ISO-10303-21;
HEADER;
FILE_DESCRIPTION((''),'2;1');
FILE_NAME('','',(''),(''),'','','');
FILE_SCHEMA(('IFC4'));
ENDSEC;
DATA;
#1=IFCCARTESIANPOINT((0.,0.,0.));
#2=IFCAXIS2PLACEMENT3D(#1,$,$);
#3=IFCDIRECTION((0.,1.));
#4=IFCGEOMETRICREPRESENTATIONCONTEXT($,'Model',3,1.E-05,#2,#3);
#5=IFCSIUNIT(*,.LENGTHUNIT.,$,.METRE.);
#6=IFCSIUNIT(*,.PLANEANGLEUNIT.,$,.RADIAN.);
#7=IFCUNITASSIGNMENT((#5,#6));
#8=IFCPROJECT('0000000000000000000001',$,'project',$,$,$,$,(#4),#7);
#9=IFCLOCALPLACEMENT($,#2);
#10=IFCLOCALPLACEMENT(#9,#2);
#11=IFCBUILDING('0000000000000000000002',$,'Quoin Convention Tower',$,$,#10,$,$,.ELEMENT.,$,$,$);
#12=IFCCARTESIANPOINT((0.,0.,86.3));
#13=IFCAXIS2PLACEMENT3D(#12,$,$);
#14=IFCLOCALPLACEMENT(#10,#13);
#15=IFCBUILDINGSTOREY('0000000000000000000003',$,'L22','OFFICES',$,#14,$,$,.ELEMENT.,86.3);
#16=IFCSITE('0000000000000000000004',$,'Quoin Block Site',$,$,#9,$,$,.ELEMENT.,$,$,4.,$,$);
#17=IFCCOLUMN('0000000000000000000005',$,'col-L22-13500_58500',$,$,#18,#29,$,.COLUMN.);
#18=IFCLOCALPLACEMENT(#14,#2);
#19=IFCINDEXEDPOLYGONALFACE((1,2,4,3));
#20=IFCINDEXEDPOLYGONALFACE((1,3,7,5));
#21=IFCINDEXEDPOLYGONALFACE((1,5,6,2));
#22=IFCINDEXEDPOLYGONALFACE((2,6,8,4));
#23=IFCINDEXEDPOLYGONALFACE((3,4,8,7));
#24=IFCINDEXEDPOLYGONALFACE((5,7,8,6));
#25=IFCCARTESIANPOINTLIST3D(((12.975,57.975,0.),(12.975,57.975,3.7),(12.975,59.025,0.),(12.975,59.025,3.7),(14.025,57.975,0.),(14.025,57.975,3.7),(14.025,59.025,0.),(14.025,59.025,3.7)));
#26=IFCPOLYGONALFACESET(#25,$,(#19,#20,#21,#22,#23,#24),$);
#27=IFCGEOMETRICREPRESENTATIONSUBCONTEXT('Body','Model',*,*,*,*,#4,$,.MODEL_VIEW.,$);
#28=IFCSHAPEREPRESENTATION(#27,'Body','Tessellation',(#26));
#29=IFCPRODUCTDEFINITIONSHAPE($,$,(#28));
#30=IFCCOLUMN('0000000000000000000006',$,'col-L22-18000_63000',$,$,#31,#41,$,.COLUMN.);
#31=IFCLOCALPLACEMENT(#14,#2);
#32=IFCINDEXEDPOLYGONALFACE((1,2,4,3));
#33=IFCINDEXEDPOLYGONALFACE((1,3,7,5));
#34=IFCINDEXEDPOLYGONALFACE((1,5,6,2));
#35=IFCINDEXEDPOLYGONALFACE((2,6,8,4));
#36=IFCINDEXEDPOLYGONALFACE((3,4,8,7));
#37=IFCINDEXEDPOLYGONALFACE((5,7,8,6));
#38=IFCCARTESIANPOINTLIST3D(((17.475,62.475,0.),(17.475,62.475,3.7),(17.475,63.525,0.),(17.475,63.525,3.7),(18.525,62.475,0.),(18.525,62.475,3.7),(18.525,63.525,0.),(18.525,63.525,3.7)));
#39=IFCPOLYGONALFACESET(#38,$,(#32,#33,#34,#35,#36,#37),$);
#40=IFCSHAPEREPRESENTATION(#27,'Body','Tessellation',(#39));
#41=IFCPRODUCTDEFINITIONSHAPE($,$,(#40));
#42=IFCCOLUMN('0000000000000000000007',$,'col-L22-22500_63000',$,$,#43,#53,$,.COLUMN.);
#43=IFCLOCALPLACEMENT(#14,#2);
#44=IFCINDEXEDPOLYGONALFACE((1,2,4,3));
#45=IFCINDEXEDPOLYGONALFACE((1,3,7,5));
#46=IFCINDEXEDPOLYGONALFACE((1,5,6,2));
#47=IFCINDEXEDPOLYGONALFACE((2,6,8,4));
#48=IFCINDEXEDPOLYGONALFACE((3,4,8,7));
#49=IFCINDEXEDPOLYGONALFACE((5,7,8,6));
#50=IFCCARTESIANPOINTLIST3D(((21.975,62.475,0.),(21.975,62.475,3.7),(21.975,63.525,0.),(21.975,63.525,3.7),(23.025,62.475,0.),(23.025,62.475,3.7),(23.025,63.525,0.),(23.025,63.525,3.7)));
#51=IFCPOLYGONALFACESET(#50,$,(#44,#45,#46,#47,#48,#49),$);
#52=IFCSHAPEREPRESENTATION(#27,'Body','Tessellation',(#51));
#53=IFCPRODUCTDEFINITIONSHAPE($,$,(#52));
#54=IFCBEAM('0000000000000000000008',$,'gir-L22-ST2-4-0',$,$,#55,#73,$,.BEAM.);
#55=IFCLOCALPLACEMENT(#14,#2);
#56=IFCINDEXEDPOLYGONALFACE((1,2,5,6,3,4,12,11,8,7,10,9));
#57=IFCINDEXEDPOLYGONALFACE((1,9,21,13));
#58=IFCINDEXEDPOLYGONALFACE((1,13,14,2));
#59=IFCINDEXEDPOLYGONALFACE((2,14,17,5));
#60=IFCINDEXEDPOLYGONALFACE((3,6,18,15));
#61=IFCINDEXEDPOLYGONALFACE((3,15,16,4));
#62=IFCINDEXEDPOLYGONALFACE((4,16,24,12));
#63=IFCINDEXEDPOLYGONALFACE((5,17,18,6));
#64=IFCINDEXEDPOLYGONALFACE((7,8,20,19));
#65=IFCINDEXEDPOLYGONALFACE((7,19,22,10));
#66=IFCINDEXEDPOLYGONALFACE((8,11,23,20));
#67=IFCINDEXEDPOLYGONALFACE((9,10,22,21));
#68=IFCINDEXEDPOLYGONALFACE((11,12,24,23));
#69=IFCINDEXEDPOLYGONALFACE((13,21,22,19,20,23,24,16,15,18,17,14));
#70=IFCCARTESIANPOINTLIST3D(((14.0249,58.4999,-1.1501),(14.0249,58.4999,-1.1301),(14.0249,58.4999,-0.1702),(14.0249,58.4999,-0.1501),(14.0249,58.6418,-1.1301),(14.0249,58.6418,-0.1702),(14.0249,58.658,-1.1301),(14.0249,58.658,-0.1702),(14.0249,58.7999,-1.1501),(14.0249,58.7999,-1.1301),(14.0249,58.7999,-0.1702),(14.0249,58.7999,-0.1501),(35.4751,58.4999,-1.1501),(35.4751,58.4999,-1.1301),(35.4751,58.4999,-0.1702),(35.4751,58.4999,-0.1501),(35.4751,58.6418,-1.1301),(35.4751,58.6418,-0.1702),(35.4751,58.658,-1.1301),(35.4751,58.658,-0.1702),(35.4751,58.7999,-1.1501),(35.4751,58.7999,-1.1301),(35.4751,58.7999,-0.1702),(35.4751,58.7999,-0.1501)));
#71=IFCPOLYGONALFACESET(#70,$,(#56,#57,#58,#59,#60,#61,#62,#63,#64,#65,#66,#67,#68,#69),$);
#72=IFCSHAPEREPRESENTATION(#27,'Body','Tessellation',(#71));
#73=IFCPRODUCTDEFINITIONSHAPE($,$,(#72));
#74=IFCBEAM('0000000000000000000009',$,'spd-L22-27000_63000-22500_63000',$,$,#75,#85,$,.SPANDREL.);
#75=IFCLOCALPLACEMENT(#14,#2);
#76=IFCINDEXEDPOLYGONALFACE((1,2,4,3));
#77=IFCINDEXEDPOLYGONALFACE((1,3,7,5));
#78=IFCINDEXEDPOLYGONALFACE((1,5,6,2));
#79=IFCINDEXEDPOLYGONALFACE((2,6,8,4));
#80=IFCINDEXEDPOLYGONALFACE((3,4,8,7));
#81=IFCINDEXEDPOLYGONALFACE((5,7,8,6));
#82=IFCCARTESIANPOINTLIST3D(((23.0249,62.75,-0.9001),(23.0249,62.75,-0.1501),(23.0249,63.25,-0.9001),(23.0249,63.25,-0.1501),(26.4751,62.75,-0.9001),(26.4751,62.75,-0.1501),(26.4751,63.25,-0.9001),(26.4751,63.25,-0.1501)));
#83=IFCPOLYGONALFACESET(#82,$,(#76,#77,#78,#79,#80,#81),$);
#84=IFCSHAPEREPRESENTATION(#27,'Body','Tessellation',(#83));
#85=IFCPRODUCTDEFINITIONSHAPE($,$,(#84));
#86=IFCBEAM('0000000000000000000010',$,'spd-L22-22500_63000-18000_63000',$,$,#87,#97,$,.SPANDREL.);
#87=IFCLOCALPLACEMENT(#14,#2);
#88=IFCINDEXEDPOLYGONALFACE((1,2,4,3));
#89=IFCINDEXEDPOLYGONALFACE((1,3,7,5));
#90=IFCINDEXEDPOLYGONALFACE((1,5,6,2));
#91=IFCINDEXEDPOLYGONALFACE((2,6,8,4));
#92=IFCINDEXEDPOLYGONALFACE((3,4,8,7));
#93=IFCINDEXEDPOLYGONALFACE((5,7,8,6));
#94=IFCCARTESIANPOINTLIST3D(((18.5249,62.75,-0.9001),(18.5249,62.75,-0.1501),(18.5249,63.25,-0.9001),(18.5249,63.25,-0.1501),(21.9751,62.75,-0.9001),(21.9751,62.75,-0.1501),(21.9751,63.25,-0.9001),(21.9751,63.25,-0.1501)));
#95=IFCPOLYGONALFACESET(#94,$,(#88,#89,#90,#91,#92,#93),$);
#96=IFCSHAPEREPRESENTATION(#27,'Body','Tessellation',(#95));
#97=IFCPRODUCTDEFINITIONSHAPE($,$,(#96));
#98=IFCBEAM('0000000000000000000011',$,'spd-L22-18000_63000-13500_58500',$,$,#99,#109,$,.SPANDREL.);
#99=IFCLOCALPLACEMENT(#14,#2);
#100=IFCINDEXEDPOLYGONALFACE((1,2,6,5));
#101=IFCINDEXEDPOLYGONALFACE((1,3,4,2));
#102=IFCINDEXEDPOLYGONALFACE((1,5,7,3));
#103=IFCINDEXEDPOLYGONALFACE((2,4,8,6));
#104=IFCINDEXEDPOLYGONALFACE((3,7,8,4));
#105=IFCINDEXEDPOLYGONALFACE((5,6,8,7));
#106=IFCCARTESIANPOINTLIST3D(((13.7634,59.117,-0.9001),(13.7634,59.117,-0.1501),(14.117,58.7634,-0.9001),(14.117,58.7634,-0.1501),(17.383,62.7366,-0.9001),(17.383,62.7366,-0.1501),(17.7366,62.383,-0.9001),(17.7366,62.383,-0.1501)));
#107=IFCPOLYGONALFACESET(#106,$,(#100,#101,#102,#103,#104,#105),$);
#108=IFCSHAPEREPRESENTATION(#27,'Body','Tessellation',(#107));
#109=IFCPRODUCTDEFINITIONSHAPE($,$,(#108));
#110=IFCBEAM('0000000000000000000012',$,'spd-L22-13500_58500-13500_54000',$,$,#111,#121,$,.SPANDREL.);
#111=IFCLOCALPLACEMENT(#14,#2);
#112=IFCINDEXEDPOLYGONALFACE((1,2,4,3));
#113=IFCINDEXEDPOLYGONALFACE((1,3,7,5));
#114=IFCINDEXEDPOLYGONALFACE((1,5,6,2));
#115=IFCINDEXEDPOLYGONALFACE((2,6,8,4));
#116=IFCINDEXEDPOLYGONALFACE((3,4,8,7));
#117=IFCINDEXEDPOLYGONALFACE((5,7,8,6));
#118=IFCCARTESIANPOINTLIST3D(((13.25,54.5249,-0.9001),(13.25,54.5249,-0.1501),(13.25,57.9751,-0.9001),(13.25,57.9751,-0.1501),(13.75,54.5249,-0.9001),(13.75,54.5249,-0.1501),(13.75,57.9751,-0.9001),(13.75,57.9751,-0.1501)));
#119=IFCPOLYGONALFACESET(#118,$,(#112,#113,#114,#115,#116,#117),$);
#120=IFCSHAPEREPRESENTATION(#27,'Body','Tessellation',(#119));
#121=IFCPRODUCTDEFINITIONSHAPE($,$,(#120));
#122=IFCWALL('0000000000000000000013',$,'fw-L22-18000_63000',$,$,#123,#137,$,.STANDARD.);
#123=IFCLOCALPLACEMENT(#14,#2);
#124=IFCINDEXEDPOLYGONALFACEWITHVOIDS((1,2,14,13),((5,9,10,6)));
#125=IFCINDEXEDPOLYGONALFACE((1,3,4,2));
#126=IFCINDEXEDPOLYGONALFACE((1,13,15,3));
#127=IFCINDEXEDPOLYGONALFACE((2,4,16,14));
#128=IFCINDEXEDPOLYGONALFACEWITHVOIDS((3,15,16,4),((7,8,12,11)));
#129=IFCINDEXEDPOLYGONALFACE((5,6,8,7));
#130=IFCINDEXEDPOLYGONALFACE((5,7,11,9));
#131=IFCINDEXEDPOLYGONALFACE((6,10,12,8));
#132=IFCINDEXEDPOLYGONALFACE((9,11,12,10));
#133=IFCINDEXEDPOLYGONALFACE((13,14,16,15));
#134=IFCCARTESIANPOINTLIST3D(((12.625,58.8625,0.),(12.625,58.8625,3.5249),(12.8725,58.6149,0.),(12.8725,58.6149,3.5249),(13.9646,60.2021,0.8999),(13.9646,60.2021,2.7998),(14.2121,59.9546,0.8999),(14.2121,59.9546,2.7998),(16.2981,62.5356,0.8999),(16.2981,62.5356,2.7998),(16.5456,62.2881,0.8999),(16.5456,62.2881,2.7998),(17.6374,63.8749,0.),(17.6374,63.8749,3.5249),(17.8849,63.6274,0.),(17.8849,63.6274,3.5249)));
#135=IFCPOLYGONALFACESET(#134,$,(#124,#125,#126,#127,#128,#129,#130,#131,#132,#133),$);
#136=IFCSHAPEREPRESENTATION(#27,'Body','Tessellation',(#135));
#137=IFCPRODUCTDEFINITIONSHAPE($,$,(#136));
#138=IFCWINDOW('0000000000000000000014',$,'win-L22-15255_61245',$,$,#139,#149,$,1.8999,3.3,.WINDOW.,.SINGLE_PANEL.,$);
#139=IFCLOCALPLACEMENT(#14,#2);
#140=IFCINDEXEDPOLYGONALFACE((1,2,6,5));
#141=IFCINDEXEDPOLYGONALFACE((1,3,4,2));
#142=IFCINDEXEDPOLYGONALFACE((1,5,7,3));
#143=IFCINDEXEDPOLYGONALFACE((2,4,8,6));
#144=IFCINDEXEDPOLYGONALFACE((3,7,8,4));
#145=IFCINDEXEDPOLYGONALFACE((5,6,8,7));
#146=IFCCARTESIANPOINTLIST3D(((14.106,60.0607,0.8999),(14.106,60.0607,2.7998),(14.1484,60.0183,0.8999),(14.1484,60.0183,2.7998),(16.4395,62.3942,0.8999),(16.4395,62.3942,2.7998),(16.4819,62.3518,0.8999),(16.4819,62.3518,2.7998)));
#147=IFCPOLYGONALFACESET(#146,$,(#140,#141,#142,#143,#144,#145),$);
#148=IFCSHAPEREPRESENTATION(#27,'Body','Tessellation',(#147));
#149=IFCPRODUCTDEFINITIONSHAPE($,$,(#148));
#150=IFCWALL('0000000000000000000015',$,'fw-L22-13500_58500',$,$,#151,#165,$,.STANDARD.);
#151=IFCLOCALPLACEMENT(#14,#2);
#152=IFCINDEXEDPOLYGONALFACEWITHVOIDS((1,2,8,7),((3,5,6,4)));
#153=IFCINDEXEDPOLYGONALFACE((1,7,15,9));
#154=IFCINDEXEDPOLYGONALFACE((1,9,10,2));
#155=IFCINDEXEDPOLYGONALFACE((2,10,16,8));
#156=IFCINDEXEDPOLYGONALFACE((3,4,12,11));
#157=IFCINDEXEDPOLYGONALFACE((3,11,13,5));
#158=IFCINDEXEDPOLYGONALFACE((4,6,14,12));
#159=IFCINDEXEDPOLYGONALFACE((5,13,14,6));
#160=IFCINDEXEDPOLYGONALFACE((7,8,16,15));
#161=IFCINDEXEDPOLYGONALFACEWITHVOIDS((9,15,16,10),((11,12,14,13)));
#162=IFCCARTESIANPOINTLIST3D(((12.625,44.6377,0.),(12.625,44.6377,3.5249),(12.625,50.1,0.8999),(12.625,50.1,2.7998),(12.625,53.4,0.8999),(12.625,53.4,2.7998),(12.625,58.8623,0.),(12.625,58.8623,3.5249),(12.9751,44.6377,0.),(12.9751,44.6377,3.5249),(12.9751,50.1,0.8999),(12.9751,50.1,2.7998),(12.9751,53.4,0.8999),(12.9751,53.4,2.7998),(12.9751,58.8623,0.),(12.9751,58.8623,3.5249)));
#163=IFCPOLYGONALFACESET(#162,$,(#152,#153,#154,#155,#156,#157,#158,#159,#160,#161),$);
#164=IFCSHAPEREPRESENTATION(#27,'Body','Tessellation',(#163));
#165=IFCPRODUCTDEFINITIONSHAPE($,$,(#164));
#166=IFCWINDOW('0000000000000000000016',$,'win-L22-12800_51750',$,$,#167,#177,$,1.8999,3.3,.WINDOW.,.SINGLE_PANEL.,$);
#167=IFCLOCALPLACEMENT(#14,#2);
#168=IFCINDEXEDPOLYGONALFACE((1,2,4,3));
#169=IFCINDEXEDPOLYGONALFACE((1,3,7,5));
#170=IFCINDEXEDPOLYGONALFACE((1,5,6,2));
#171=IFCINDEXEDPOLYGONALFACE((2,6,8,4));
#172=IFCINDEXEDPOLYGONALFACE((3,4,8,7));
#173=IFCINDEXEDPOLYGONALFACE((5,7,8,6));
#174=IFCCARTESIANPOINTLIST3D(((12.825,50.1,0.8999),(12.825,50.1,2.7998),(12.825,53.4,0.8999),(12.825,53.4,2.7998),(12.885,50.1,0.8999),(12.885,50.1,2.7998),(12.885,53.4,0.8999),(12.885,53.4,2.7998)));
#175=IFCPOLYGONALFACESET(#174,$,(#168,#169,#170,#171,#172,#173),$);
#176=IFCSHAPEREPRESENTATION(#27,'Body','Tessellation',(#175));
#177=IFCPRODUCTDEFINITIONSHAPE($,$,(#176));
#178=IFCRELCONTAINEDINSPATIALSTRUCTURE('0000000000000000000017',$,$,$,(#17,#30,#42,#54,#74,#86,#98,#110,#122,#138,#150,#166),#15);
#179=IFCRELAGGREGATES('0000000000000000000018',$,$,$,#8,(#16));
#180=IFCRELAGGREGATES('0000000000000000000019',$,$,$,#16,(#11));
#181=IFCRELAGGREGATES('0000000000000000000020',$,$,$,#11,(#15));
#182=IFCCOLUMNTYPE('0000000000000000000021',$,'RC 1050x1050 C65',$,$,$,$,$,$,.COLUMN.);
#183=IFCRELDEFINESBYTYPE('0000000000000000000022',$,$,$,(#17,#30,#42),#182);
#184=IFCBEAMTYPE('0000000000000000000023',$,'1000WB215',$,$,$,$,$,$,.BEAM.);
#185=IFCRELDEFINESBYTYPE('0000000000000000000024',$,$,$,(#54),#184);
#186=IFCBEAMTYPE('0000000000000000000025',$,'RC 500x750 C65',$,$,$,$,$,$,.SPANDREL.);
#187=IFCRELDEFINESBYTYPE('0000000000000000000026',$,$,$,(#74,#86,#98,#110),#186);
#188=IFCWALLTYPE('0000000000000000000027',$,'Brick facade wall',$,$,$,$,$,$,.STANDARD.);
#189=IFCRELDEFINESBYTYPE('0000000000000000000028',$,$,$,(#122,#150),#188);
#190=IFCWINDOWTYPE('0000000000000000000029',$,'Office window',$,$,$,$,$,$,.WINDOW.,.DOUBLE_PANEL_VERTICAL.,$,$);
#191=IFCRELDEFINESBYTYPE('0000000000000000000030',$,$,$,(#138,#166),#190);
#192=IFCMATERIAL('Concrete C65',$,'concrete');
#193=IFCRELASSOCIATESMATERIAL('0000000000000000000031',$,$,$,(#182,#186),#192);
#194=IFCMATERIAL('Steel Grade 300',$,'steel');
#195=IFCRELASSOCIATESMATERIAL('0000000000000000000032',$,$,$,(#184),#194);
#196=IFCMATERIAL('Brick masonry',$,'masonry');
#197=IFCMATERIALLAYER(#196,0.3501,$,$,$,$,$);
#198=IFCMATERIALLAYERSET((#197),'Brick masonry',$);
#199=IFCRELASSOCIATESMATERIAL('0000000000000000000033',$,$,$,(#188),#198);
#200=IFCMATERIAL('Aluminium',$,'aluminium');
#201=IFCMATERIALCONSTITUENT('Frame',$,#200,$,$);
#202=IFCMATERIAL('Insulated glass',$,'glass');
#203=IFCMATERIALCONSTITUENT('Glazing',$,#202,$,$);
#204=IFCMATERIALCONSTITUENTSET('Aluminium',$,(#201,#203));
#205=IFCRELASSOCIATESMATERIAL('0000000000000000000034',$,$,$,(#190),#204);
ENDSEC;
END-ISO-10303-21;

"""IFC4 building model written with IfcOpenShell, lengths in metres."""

from ifc_helpers import new_model, si_unit, direction, frame, frame_2d, origin, origin_2d, place, context, subcontext, project, spatial, rectangle, i_section, extrude, material, layer, layer_set, constituent, constituent_set, material_profile, profile_set, type_object, element, fill, save


model = new_model("IFC4")

# Units and contexts
model_context = context("Model", 3, precision=1e-05, world=origin(), true_north=direction((0.0, 1.0)))
body_context = subcontext(model_context, "Body", "Model", "MODEL_VIEW")
ifc_project = project(units=[si_unit("LENGTHUNIT", "METRE"), si_unit("PLANEANGLEUNIT", "RADIAN")], contexts=[model_context])

# Site, building, storey
site_placement = place(None, origin())
site = spatial("IfcSite", under=ifc_project, at=site_placement, Name="Quoin Block Site", CompositionType="ELEMENT", RefElevation=4.0)
building_placement = place(site_placement, origin())
building = spatial("IfcBuilding", under=site, at=building_placement, Name="Quoin Convention Tower", CompositionType="ELEMENT")
storey_placement = place(building_placement, frame((0.0, 0.0, 86.3)))
storey = spatial("IfcBuildingStorey", under=building, at=storey_placement, Name="L22", Description="OFFICES", CompositionType="ELEMENT", Elevation=86.3)

# Columns
ifc_material_1 = material(Name="Concrete C65", Category="concrete")
ifc_material_profile_1 = material_profile(ifc_material_1, rectangle(XDim=1.05, YDim=1.05, at=origin_2d()), Name="RC 1050x1050")
ifc_profile_set_1 = profile_set([ifc_material_profile_1], Name="Concrete C65")
column_type = type_object("IfcColumnType", Name="RC 1050x1050 C65", PredefinedType="COLUMN", material=ifc_profile_set_1)
for number, where, z_axis, x_axis, name in (
    (1, (13.5, 58.5, 0.0), (0.0, 0.0, 1.0), (1.0, 0.0, 0.0), "col-L22-13500_58500"),
    (2, (18.0, 63.0, 0.0), (0.0, 0.0, 1.0), (1.0, 0.0, 0.0), "col-L22-18000_63000"),
    (3, (22.5, 63.0, 0.0), (0.0, 0.0, 1.0), (1.0, 0.0, 0.0), "col-L22-22500_63000"),
):
    element("IfcColumn", number, at=place(storey_placement, frame(where, z_axis=z_axis, x_axis=x_axis)), inside=storey, type_object=column_type, Name=name, PredefinedType="COLUMN", context=body_context, shape_type="SweptSolid", body=[
        extrude(rectangle(XDim=1.05, YDim=1.05, at=origin_2d()), origin(), (0.0, 0.0, 1.0), 3.7),
    ])

# Beams
ifc_material_2 = material(Name="Steel Grade 300", Category="steel")
ifc_material_profile_2 = material_profile(ifc_material_2, i_section(OverallWidth=0.3, OverallDepth=1.0, WebThickness=0.0161, FlangeThickness=0.02, at=origin_2d()), Name="1000WB215")
ifc_profile_set_2 = profile_set([ifc_material_profile_2], Name="Steel Grade 300")
beam_type_1 = type_object("IfcBeamType", Name="1000WB215", PredefinedType="BEAM", material=ifc_profile_set_2)
beam_1_placement = place(storey_placement, frame((14.0249, 58.6499, -0.6501), z_axis=(1.0, 0.0, 0.0), x_axis=(0.0, 1.0, 0.0)))
element("IfcBeam", 4, at=beam_1_placement, inside=storey, type_object=beam_type_1, Name="gir-L22-ST2-4-0", PredefinedType="BEAM", context=body_context, shape_type="SweptSolid", body=[
    extrude(i_section(OverallWidth=0.3, OverallDepth=1.0, WebThickness=0.0161, FlangeThickness=0.02, at=origin_2d()), origin(), (0.0, 0.0, 1.0), 21.4502),
])
ifc_material_profile_3 = material_profile(ifc_material_1, rectangle(XDim=0.5, YDim=0.75, at=origin_2d()), Name="RC 500x750")
ifc_profile_set_3 = profile_set([ifc_material_profile_3], Name="Concrete C65")
beam_type_2 = type_object("IfcBeamType", Name="RC 500x750 C65", PredefinedType="SPANDREL", material=ifc_profile_set_3)
for number, where, z_axis, x_axis, name in (
    (5, (26.4751, 63.0, -0.5251), (-1.0, 0.0, 0.0), (0.0, -1.0, 0.0), "spd-L22-27000_63000-22500_63000"),
    (6, (21.9751, 63.0, -0.5251), (-1.0, 0.0, 0.0), (0.0, -1.0, 0.0), "spd-L22-22500_63000-18000_63000"),
):
    element("IfcBeam", number, at=place(storey_placement, frame(where, z_axis=z_axis, x_axis=x_axis)), inside=storey, type_object=beam_type_2, Name=name, PredefinedType="SPANDREL", context=body_context, shape_type="SweptSolid", body=[
        extrude(rectangle(XDim=0.5, YDim=0.75, at=origin_2d()), origin(), (0.0, 0.0, 1.0), 3.4502),
    ])
beam_2_placement = place(storey_placement, frame((17.5598, 62.5598, -0.5251), z_axis=(-0.707107, -0.707107, 0.0), x_axis=(0.707107, -0.707107, 0.0)))
element("IfcBeam", 7, at=beam_2_placement, inside=storey, type_object=beam_type_2, Name="spd-L22-18000_63000-13500_58500", PredefinedType="SPANDREL", context=body_context, shape_type="SweptSolid", body=[
    extrude(rectangle(XDim=0.5, YDim=0.75, at=origin_2d()), origin(), (0.0, 0.0, 1.0), 5.1189),
])
beam_3_placement = place(storey_placement, frame((13.5, 57.9751, -0.5251), z_axis=(0.0, -1.0, 0.0), x_axis=(1.0, 0.0, 0.0)))
element("IfcBeam", 8, at=beam_3_placement, inside=storey, type_object=beam_type_2, Name="spd-L22-13500_58500-13500_54000", PredefinedType="SPANDREL", context=body_context, shape_type="SweptSolid", body=[
    extrude(rectangle(XDim=0.5, YDim=0.75, at=origin_2d()), origin(), (0.0, 0.0, 1.0), 3.4502),
])

# Walls, openings, windows
ifc_material_3 = material(Name="Brick masonry", Category="masonry")
ifc_layer_1 = layer(ifc_material_3, 0.3501)
ifc_layer_set_1 = layer_set([ifc_layer_1], Name="Brick masonry")
wall_type_1 = type_object("IfcWallType", Name="Brick facade wall", PredefinedType="STANDARD", material=ifc_layer_set_1)
wall_1_placement = place(storey_placement, frame((17.7612, 63.7512, 0.0), z_axis=(0.0, 0.0, 1.0), x_axis=(-0.707107, -0.707107, 0.0)))
wall_1 = element("IfcWall", 9, at=wall_1_placement, inside=storey, type_object=wall_type_1, Name="fw-L22-18000_63000", PredefinedType="STANDARD", context=body_context, shape_type="SweptSolid", body=[
    extrude(rectangle(XDim=7.0886, YDim=0.3501, at=frame_2d((3.5444, 0.0))), origin(), (0.0, 0.0, 1.0), 3.5249),
])
opening_1_placement = place(wall_1_placement, frame((1.8943, 0.0, 0.8999)))
opening_1 = element("IfcOpeningElement", 10, at=opening_1_placement, cuts=wall_1, PredefinedType="OPENING", context=body_context, shape_type="SweptSolid", body=[
    extrude(rectangle(XDim=3.3, YDim=1.8999, at=frame_2d((1.6499, 0.95))), frame((0.0, 0.1851, 0.0), z_axis=(0.0, -1.0, 0.0), x_axis=(1.0, 0.0, 0.0)), (0.0, 0.0, 1.0), 0.3701),
])
ifc_material_4 = material(Name="Aluminium", Category="aluminium")
ifc_constituent_1 = constituent(ifc_material_4, Name="Frame")
ifc_material_5 = material(Name="Insulated glass", Category="glass")
ifc_constituent_2 = constituent(ifc_material_5, Name="Glazing")
ifc_constituent_set = constituent_set(constituents=[ifc_constituent_1, ifc_constituent_2], Name="Aluminium")
window_type = type_object("IfcWindowType", Name="Office window", PartitioningType="DOUBLE_PANEL_VERTICAL", PredefinedType="WINDOW", material=ifc_constituent_set)
window_1_placement = place(opening_1_placement, origin())
window_1 = element("IfcWindow", 11, at=window_1_placement, inside=storey, type_object=window_type, Name="win-L22-15255_61245", OverallHeight=1.8999, OverallWidth=3.3, PartitioningType="SINGLE_PANEL", PredefinedType="WINDOW", context=body_context, shape_type="SweptSolid", body=[
    extrude(rectangle(XDim=3.3, YDim=1.8999, at=frame_2d((1.6499, 0.95))), frame((0.0, 0.085, 0.0), z_axis=(0.0, -1.0, 0.0), x_axis=(1.0, 0.0, 0.0)), (0.0, 0.0, 1.0), 0.0601),
])
fill(opening_1, window_1)
wall_2_placement = place(storey_placement, frame((12.8, 58.8623, 0.0), z_axis=(0.0, 0.0, 1.0), x_axis=(0.0, -1.0, 0.0)))
wall_2 = element("IfcWall", 12, at=wall_2_placement, inside=storey, type_object=wall_type_1, Name="fw-L22-13500_58500", PredefinedType="STANDARD", context=body_context, shape_type="SweptSolid", body=[
    extrude(rectangle(XDim=14.2246, YDim=0.3501, at=frame_2d((7.1123, 0.0))), origin(), (0.0, 0.0, 1.0), 3.5249),
])
opening_2_placement = place(wall_2_placement, frame((5.4624, 0.0, 0.8999)))
opening_2 = element("IfcOpeningElement", 13, at=opening_2_placement, cuts=wall_2, PredefinedType="OPENING", context=body_context, shape_type="SweptSolid", body=[
    extrude(rectangle(XDim=3.3, YDim=1.8999, at=frame_2d((1.6499, 0.95))), frame((0.0, 0.1851, 0.0), z_axis=(0.0, -1.0, 0.0), x_axis=(1.0, 0.0, 0.0)), (0.0, 0.0, 1.0), 0.3701),
])
window_2_placement = place(opening_2_placement, origin())
window_2 = element("IfcWindow", 14, at=window_2_placement, inside=storey, type_object=window_type, Name="win-L22-12800_51750", OverallHeight=1.8999, OverallWidth=3.3, PartitioningType="SINGLE_PANEL", PredefinedType="WINDOW", context=body_context, shape_type="SweptSolid", body=[
    extrude(rectangle(XDim=3.3, YDim=1.8999, at=frame_2d((1.6499, 0.95))), frame((0.0, 0.085, 0.0), z_axis=(0.0, -1.0, 0.0), x_axis=(1.0, 0.0, 0.0)), (0.0, 0.0, 1.0), 0.0601),
])
fill(opening_2, window_2)

save(model, "model.ifc")
